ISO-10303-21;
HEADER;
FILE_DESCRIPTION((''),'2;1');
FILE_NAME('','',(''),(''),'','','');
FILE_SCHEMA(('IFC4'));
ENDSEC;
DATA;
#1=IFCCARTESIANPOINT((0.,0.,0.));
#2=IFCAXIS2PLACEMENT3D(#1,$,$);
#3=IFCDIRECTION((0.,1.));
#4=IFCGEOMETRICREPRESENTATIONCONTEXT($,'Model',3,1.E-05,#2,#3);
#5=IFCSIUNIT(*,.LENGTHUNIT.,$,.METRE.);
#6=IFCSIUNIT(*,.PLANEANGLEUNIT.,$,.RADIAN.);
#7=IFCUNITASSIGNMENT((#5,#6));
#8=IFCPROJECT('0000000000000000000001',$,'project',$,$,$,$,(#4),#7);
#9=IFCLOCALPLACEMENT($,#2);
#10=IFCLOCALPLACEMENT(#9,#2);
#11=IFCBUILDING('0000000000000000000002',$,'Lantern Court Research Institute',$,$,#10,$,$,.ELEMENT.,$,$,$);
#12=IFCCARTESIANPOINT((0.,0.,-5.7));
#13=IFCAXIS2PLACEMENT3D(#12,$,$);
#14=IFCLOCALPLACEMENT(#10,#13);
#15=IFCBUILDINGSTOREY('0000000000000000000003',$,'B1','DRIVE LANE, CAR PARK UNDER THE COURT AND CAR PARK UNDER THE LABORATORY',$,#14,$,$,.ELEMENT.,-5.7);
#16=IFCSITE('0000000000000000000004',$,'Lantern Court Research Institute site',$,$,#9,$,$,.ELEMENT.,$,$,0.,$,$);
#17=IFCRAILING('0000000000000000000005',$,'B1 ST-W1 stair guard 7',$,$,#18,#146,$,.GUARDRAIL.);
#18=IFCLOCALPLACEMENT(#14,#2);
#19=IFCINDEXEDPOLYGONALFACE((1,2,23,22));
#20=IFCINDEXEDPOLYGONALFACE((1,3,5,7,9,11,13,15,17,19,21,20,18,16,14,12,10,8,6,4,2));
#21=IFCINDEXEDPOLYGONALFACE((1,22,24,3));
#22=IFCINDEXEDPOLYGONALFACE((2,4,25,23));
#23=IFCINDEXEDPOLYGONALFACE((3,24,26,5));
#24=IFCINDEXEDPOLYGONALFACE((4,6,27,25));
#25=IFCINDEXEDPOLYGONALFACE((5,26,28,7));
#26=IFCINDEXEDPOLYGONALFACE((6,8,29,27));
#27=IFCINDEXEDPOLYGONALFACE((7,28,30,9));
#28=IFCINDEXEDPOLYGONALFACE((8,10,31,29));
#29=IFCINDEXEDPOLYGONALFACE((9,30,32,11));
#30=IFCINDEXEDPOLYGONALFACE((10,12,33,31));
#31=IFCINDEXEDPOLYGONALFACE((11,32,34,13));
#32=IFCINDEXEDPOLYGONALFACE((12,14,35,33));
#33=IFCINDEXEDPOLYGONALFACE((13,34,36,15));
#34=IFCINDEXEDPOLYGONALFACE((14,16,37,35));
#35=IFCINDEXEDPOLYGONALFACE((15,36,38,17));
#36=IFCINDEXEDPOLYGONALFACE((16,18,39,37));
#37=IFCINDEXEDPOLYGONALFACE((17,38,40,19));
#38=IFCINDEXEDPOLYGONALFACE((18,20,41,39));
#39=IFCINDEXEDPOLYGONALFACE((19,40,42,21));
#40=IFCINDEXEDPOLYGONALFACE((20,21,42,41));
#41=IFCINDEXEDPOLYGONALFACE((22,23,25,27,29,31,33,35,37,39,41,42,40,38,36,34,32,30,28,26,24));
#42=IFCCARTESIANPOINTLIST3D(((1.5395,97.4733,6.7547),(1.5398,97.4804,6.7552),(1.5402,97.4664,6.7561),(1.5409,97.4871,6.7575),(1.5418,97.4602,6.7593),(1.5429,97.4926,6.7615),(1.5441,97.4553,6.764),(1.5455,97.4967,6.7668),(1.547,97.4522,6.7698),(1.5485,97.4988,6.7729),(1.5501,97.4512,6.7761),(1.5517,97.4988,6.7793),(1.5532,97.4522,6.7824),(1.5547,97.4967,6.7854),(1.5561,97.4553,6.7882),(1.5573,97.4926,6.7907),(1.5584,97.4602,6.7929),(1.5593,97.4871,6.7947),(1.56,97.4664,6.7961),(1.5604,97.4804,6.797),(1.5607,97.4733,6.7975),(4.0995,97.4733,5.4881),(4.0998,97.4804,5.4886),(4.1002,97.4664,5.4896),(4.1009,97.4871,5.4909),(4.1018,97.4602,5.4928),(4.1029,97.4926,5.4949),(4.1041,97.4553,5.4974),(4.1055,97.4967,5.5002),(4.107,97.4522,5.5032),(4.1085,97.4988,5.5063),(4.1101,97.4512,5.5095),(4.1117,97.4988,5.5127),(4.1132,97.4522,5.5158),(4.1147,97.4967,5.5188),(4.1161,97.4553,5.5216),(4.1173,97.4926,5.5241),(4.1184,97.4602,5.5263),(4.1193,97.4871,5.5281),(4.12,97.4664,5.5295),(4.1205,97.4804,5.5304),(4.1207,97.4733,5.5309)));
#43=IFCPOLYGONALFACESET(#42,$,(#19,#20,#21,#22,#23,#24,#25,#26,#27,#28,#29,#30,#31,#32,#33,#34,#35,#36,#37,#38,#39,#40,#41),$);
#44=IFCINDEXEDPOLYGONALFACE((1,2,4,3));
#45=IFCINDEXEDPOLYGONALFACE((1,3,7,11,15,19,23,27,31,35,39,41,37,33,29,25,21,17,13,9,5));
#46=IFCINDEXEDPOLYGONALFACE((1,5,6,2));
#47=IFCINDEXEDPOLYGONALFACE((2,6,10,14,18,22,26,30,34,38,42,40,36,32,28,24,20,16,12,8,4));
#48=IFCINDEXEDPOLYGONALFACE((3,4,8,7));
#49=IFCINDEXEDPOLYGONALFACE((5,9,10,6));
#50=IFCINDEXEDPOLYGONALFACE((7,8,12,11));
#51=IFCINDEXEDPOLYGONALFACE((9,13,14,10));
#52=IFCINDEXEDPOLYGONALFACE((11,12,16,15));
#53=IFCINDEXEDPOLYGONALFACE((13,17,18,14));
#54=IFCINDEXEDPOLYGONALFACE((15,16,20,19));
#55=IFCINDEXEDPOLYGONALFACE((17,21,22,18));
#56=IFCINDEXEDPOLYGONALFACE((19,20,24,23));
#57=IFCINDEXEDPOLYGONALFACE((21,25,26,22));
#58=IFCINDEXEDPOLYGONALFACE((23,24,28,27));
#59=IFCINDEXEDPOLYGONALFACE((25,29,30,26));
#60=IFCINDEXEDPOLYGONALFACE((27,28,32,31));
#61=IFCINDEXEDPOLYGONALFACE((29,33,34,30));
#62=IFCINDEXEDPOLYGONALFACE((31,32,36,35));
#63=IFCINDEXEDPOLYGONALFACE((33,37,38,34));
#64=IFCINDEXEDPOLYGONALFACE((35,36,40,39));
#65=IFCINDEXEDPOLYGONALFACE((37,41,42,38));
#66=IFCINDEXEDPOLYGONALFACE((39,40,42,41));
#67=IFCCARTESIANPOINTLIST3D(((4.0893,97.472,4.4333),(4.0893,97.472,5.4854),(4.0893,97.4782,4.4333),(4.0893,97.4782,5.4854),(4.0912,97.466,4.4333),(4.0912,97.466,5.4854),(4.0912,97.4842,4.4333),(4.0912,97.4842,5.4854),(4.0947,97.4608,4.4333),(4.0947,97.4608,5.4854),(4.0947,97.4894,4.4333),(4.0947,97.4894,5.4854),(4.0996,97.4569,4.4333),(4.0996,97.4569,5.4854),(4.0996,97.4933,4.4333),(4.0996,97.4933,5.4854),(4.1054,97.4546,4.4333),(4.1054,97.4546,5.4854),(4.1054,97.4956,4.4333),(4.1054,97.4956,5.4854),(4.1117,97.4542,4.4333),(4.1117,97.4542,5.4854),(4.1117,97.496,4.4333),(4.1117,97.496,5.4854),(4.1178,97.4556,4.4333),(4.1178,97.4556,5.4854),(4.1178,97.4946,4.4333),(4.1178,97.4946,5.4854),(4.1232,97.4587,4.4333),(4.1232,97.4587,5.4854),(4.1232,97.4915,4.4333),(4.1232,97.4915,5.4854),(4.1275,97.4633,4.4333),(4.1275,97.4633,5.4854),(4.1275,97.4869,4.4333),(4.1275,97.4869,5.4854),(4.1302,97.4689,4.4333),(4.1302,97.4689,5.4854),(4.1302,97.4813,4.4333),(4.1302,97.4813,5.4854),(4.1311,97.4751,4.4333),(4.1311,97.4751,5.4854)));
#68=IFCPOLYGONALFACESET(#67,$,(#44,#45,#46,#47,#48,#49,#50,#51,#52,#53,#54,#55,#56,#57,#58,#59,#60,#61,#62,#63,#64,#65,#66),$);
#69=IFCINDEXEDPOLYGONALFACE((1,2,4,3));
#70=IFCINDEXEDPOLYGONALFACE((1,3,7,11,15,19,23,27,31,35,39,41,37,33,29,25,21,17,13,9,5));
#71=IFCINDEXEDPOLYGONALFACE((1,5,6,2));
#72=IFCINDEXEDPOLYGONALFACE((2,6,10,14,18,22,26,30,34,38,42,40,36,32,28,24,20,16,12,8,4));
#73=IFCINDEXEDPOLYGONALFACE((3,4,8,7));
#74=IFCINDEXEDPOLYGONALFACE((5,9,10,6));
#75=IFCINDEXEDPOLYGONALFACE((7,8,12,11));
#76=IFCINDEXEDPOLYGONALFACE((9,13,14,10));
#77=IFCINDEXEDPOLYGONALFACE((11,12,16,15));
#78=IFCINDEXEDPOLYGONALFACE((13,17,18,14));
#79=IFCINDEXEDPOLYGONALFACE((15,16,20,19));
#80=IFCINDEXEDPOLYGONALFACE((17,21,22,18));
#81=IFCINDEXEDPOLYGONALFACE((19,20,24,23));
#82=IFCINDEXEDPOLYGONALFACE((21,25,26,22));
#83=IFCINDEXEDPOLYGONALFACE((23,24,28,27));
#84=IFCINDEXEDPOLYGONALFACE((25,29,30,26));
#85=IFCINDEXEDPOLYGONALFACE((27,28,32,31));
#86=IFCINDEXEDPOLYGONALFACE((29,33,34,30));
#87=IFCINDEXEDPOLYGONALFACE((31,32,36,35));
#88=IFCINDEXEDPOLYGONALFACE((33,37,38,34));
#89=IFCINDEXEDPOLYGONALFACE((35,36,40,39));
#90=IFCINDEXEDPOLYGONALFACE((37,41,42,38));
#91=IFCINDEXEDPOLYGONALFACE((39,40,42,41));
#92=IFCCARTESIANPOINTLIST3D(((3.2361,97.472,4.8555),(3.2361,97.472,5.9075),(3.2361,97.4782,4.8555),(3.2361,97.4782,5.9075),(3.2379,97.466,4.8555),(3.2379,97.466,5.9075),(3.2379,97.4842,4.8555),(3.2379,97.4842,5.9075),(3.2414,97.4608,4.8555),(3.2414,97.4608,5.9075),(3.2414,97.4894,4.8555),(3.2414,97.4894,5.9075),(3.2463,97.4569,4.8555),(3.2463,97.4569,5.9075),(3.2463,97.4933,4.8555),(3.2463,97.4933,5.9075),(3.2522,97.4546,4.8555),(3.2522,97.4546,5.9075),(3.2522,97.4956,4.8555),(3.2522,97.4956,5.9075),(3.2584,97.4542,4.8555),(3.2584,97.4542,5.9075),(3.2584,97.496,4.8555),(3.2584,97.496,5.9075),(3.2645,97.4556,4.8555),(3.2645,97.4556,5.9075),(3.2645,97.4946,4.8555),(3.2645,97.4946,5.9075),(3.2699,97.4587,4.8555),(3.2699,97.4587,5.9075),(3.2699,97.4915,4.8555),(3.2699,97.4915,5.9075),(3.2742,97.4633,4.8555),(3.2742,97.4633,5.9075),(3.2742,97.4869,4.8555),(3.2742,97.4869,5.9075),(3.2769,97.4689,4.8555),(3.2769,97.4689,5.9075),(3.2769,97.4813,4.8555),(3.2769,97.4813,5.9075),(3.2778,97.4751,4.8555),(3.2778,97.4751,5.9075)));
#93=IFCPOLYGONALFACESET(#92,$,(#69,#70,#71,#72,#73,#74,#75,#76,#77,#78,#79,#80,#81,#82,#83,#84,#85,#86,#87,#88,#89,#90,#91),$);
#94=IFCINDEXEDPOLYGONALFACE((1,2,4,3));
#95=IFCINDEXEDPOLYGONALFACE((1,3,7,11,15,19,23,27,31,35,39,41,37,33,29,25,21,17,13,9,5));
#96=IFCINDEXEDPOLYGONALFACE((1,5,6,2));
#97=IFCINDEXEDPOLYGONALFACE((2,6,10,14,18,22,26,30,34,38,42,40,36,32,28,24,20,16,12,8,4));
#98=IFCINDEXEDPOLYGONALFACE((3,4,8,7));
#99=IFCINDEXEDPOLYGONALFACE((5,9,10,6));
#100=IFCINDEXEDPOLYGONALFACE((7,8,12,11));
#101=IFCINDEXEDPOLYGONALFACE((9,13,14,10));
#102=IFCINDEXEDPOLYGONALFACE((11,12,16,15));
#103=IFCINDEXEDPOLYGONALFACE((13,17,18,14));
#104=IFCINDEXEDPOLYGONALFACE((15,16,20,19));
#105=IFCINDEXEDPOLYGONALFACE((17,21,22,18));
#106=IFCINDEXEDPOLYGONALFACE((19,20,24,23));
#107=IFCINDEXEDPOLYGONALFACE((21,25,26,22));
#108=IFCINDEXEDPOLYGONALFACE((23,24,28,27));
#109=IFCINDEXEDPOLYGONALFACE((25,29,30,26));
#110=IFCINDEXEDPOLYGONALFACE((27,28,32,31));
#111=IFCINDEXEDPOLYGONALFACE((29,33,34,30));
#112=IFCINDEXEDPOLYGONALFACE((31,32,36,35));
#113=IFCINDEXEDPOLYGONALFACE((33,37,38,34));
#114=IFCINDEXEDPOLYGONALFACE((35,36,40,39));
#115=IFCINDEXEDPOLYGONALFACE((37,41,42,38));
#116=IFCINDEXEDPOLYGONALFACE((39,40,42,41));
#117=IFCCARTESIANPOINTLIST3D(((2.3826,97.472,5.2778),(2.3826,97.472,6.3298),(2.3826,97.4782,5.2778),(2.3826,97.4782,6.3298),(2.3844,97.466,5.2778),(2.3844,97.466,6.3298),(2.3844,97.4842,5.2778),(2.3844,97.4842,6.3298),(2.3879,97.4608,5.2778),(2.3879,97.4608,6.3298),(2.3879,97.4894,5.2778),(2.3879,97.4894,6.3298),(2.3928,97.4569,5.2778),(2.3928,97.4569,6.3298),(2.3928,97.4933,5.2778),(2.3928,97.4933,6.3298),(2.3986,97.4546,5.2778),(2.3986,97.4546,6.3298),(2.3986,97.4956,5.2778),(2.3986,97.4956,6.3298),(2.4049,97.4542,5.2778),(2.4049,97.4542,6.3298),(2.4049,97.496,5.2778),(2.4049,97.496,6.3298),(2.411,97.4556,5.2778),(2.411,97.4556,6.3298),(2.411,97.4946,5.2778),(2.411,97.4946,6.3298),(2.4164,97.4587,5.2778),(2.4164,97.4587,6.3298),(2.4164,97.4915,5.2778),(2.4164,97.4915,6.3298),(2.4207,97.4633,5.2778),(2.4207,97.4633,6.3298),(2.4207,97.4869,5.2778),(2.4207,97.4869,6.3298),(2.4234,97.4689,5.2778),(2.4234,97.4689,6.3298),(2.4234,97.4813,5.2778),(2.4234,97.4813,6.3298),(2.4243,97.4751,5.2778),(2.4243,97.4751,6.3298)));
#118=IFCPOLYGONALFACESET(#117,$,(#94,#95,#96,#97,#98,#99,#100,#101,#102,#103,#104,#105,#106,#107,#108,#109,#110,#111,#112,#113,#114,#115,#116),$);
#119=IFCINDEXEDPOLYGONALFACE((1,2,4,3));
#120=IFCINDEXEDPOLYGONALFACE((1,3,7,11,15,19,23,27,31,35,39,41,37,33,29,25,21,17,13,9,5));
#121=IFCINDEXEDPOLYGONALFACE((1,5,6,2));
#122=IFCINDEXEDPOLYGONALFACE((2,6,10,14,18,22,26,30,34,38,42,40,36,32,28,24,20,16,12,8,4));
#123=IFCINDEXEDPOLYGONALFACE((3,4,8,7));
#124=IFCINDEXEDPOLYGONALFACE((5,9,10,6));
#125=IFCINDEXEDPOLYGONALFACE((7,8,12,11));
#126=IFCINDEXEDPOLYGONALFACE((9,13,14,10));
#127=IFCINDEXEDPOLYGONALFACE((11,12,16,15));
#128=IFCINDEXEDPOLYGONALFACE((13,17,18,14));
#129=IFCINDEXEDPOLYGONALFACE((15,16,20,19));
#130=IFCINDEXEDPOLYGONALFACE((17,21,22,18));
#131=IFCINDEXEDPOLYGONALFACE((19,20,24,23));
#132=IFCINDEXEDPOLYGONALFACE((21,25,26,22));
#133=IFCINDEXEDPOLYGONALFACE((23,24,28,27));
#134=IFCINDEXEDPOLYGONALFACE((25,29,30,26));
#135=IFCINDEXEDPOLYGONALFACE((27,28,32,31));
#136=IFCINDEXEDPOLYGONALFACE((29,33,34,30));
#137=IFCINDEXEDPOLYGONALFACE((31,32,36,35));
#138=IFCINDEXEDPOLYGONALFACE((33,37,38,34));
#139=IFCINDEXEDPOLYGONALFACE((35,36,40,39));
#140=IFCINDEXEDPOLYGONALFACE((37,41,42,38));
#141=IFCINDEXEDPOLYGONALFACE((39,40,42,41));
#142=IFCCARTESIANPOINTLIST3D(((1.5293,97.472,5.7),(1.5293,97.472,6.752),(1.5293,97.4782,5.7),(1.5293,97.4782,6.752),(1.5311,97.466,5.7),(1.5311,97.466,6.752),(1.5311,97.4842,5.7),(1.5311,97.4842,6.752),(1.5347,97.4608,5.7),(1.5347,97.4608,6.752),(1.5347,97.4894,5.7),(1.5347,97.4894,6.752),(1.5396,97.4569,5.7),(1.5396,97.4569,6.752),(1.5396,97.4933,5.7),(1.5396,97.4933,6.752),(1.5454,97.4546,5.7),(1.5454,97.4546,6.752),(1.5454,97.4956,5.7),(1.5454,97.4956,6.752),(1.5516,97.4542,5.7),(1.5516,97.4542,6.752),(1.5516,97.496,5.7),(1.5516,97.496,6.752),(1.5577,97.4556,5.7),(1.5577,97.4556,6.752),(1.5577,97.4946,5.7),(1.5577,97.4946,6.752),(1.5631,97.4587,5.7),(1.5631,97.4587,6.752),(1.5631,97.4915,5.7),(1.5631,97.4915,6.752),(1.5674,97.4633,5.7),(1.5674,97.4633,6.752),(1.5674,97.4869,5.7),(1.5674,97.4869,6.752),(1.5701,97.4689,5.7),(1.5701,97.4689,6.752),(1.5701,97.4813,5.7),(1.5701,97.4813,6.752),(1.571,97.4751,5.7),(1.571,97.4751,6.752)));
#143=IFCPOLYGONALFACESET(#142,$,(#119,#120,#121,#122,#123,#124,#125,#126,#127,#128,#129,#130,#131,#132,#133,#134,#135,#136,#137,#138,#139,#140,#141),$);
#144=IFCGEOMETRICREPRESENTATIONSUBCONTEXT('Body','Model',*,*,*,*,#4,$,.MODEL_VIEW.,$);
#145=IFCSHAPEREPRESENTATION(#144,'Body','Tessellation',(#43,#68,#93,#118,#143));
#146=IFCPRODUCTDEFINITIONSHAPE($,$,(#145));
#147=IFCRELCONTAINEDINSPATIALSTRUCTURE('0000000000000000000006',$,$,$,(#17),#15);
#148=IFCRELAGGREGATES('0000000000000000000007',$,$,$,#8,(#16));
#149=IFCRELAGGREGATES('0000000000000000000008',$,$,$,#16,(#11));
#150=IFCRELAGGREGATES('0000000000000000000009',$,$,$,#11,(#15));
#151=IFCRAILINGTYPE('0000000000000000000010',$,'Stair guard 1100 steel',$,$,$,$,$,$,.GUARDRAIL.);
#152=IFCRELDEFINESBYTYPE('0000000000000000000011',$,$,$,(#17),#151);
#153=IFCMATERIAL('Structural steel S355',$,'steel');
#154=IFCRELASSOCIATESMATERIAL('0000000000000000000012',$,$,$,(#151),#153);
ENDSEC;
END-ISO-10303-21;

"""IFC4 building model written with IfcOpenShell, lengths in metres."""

from ifc_helpers import new_model, si_unit, direction, frame, origin, origin_2d, place, context, subcontext, project, spatial, circle, extrude, material, type_object, element, save


model = new_model("IFC4")

# Units and contexts
model_context = context("Model", 3, precision=1e-05, world=origin(), true_north=direction((0.0, 1.0)))
body_context = subcontext(model_context, "Body", "Model", "MODEL_VIEW")
ifc_project = project(units=[si_unit("LENGTHUNIT", "METRE"), si_unit("PLANEANGLEUNIT", "RADIAN")], contexts=[model_context])

# Site, building, storey
site_placement = place(None, origin())
site = spatial("IfcSite", under=ifc_project, at=site_placement, Name="Lantern Court Research Institute site", CompositionType="ELEMENT", RefElevation=0.0)
building_placement = place(site_placement, origin())
building = spatial("IfcBuilding", under=site, at=building_placement, Name="Lantern Court Research Institute", CompositionType="ELEMENT")
storey_placement = place(building_placement, frame((0.0, 0.0, -5.7)))
storey = spatial("IfcBuildingStorey", under=building, at=storey_placement, Name="B1", Description="DRIVE LANE, CAR PARK UNDER THE COURT AND CAR PARK UNDER THE LABORATORY", CompositionType="ELEMENT", Elevation=-5.7)

# Railing
ifc_material_1 = material(Name="Structural steel S355", Category="steel")
railing_type_1 = type_object("IfcRailingType", Name="Stair guard 1100 steel", PredefinedType="GUARDRAIL", material=ifc_material_1)
railing_1_placement = place(storey_placement, frame((4.1101, 97.4751, 4.4333)))
element("IfcRailing", 1, at=railing_1_placement, inside=storey, type_object=railing_type_1, Name="B1 ST-W1 stair guard 7", PredefinedType="GUARDRAIL", context=body_context, shape_type="SweptSolid", body=[
    extrude(circle(Radius=0.0239, at=origin_2d()), frame((0.0, 0.0, 1.0762), z_axis=(-0.8963, 0.0, 0.443449), x_axis=(0.0, -1.0, 0.0)), (0.0, 0.0, 1.0), 2.8562),
    extrude(circle(Radius=0.021, at=origin_2d()), origin(), (0.0, 0.0, 1.0), 1.052),
    extrude(circle(Radius=0.021, at=origin_2d()), frame((-0.8533, 0.0, 0.4221)), (0.0, 0.0, 1.0), 1.052),
    extrude(circle(Radius=0.021, at=origin_2d()), frame((-1.7068, 0.0, 0.8445)), (0.0, 0.0, 1.0), 1.052),
    extrude(circle(Radius=0.021, at=origin_2d()), frame((-2.5601, 0.0, 1.2666)), (0.0, 0.0, 1.0), 1.052),
])

save(model, "model.ifc")
